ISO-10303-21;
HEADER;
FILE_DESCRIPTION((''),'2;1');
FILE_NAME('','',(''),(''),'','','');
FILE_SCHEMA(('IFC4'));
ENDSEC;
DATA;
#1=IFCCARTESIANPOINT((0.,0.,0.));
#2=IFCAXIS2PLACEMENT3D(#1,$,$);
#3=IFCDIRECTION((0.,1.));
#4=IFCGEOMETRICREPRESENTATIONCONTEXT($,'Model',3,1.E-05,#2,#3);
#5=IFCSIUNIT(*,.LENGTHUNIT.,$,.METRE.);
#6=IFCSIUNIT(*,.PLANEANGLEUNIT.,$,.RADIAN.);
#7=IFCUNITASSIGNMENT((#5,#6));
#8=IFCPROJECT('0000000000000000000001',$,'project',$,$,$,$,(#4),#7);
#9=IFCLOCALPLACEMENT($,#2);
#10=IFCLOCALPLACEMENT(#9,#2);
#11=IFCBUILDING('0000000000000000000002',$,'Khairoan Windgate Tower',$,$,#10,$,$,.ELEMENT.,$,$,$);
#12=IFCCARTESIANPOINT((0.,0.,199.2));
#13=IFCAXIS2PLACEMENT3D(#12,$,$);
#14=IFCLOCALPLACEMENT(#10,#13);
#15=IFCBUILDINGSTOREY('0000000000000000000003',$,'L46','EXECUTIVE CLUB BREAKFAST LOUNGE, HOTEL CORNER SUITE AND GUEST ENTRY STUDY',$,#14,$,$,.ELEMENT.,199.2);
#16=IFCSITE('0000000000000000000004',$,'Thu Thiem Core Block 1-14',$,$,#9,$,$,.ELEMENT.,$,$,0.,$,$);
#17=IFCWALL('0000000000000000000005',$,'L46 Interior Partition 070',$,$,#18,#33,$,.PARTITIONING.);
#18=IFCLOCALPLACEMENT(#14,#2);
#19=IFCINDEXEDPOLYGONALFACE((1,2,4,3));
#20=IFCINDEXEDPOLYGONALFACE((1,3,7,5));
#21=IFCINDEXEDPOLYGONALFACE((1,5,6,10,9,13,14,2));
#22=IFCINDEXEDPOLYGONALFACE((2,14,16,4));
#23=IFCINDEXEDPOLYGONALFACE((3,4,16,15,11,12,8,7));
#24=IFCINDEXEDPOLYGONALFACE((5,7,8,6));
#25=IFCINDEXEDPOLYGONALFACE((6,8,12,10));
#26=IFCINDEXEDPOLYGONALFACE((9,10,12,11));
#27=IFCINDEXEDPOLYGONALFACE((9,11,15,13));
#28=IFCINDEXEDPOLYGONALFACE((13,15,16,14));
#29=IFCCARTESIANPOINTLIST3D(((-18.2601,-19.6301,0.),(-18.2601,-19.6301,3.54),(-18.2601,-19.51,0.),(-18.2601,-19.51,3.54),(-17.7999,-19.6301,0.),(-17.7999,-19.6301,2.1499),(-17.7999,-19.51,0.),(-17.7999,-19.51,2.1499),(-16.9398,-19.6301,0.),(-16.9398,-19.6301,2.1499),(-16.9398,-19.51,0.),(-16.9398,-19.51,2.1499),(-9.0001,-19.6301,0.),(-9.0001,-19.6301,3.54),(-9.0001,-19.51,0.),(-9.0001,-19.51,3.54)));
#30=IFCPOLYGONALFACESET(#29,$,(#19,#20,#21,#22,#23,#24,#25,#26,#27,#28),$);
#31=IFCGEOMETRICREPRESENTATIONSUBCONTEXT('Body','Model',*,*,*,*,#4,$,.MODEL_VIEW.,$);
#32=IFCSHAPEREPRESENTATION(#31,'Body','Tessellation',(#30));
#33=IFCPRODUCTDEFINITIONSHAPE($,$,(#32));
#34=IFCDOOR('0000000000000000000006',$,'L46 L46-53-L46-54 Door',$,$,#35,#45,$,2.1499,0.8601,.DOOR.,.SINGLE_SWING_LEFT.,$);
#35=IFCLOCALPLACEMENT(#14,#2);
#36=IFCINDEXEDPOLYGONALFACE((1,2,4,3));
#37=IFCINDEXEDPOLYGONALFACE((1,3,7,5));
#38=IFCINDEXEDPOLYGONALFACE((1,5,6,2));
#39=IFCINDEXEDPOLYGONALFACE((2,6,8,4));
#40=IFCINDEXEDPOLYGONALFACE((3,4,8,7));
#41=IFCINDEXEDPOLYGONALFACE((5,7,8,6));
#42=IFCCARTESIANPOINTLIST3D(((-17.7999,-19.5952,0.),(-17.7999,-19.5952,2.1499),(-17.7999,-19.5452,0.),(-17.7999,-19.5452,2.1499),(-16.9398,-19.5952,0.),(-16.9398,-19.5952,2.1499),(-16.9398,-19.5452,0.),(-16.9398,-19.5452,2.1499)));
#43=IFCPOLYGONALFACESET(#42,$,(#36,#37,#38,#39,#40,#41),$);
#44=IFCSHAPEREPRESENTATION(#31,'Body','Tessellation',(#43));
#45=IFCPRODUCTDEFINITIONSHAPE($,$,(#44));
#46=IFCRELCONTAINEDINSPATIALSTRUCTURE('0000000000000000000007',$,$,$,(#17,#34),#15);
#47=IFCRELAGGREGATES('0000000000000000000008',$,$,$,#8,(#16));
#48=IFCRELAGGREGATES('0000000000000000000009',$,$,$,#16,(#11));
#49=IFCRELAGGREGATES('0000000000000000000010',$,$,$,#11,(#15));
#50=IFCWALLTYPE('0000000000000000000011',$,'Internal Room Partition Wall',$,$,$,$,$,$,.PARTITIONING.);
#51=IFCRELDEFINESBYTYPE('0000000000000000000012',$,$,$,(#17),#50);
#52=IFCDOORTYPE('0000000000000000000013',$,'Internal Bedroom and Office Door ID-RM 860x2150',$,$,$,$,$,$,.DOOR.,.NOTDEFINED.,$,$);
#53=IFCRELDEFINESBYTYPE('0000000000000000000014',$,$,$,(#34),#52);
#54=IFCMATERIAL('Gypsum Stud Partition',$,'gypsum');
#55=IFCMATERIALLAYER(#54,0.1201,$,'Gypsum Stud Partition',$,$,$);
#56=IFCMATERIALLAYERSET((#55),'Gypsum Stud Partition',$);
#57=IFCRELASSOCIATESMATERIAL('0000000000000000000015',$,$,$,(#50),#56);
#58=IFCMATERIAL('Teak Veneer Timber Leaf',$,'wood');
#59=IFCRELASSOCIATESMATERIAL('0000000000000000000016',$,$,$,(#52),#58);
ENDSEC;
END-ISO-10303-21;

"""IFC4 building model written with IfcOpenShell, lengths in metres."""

from ifc_helpers import new_model, si_unit, direction, frame, frame_2d, origin, place, context, subcontext, project, spatial, rectangle, extrude, material, layer, layer_set, type_object, element, fill, save


model = new_model("IFC4")

# Units and contexts
model_context = context("Model", 3, precision=1e-05, world=origin(), true_north=direction((0.0, 1.0)))
body_context = subcontext(model_context, "Body", "Model", "MODEL_VIEW")
ifc_project = project(units=[si_unit("LENGTHUNIT", "METRE"), si_unit("PLANEANGLEUNIT", "RADIAN")], contexts=[model_context])

# Site, building, storey
site_placement = place(None, origin())
site = spatial("IfcSite", under=ifc_project, at=site_placement, Name="Thu Thiem Core Block 1-14", CompositionType="ELEMENT", RefElevation=0.0)
building_placement = place(site_placement, origin())
building = spatial("IfcBuilding", under=site, at=building_placement, Name="Khairoan Windgate Tower", CompositionType="ELEMENT")
storey_placement = place(building_placement, frame((0.0, 0.0, 199.2)))
storey = spatial("IfcBuildingStorey", under=building, at=storey_placement, Name="L46", Description="EXECUTIVE CLUB BREAKFAST LOUNGE, HOTEL CORNER SUITE AND GUEST ENTRY STUDY", CompositionType="ELEMENT", Elevation=199.2)

# Wall, opening, door
ifc_material_1 = material(Name="Gypsum Stud Partition", Category="gypsum")
ifc_layer_1 = layer(ifc_material_1, 0.1201, Name="Gypsum Stud Partition")
ifc_layer_set_1 = layer_set([ifc_layer_1], Name="Gypsum Stud Partition")
wall_type_1 = type_object("IfcWallType", Name="Internal Room Partition Wall", PredefinedType="PARTITIONING", material=ifc_layer_set_1)
wall_1_placement = place(storey_placement, frame((-18.26, -19.5701, 0.0), z_axis=(0.0, 0.0, 1.0), x_axis=(1.0, 0.0, 0.0)))
wall_1 = element("IfcWall", 1, at=wall_1_placement, inside=storey, type_object=wall_type_1, Name="L46 Interior Partition 070", PredefinedType="PARTITIONING", context=body_context, shape_type="SweptSolid", body=[
    extrude(rectangle(XDim=9.26, YDim=0.1201, at=frame_2d((4.6299, 0.0))), origin(), (0.0, 0.0, 1.0), 3.54),
])
opening_1_placement = place(wall_1_placement, frame((0.46, 0.0, 0.0)))
opening_1 = element("IfcOpeningElement", 2, at=opening_1_placement, cuts=wall_1, PredefinedType="OPENING", context=body_context, shape_type="SweptSolid", body=[
    extrude(rectangle(XDim=0.8601, YDim=2.1499, at=frame_2d((0.4302, 1.075))), frame((0.0, 0.0701, 0.0), z_axis=(0.0, -1.0, 0.0), x_axis=(1.0, 0.0, 0.0)), (0.0, 0.0, 1.0), 0.1401),
])
ifc_material_2 = material(Name="Teak Veneer Timber Leaf", Category="wood")
door_type_1 = type_object("IfcDoorType", Name="Internal Bedroom and Office Door ID-RM 860x2150", OperationType="NOTDEFINED", PredefinedType="DOOR", material=ifc_material_2)
door_1_placement = place(opening_1_placement, origin())
door_1 = element("IfcDoor", 3, at=door_1_placement, inside=storey, type_object=door_type_1, Name="L46 L46-53-L46-54 Door", OperationType="SINGLE_SWING_LEFT", OverallHeight=2.1499, OverallWidth=0.8601, PredefinedType="DOOR", context=body_context, shape_type="SweptSolid", body=[
    extrude(rectangle(XDim=0.8601, YDim=2.1499, at=frame_2d((0.4302, 1.075))), frame((0.0, 0.0249, 0.0), z_axis=(0.0, -1.0, 0.0), x_axis=(1.0, 0.0, 0.0)), (0.0, 0.0, 1.0), 0.05),
])
fill(opening_1, door_1)

save(model, "model.ifc")
